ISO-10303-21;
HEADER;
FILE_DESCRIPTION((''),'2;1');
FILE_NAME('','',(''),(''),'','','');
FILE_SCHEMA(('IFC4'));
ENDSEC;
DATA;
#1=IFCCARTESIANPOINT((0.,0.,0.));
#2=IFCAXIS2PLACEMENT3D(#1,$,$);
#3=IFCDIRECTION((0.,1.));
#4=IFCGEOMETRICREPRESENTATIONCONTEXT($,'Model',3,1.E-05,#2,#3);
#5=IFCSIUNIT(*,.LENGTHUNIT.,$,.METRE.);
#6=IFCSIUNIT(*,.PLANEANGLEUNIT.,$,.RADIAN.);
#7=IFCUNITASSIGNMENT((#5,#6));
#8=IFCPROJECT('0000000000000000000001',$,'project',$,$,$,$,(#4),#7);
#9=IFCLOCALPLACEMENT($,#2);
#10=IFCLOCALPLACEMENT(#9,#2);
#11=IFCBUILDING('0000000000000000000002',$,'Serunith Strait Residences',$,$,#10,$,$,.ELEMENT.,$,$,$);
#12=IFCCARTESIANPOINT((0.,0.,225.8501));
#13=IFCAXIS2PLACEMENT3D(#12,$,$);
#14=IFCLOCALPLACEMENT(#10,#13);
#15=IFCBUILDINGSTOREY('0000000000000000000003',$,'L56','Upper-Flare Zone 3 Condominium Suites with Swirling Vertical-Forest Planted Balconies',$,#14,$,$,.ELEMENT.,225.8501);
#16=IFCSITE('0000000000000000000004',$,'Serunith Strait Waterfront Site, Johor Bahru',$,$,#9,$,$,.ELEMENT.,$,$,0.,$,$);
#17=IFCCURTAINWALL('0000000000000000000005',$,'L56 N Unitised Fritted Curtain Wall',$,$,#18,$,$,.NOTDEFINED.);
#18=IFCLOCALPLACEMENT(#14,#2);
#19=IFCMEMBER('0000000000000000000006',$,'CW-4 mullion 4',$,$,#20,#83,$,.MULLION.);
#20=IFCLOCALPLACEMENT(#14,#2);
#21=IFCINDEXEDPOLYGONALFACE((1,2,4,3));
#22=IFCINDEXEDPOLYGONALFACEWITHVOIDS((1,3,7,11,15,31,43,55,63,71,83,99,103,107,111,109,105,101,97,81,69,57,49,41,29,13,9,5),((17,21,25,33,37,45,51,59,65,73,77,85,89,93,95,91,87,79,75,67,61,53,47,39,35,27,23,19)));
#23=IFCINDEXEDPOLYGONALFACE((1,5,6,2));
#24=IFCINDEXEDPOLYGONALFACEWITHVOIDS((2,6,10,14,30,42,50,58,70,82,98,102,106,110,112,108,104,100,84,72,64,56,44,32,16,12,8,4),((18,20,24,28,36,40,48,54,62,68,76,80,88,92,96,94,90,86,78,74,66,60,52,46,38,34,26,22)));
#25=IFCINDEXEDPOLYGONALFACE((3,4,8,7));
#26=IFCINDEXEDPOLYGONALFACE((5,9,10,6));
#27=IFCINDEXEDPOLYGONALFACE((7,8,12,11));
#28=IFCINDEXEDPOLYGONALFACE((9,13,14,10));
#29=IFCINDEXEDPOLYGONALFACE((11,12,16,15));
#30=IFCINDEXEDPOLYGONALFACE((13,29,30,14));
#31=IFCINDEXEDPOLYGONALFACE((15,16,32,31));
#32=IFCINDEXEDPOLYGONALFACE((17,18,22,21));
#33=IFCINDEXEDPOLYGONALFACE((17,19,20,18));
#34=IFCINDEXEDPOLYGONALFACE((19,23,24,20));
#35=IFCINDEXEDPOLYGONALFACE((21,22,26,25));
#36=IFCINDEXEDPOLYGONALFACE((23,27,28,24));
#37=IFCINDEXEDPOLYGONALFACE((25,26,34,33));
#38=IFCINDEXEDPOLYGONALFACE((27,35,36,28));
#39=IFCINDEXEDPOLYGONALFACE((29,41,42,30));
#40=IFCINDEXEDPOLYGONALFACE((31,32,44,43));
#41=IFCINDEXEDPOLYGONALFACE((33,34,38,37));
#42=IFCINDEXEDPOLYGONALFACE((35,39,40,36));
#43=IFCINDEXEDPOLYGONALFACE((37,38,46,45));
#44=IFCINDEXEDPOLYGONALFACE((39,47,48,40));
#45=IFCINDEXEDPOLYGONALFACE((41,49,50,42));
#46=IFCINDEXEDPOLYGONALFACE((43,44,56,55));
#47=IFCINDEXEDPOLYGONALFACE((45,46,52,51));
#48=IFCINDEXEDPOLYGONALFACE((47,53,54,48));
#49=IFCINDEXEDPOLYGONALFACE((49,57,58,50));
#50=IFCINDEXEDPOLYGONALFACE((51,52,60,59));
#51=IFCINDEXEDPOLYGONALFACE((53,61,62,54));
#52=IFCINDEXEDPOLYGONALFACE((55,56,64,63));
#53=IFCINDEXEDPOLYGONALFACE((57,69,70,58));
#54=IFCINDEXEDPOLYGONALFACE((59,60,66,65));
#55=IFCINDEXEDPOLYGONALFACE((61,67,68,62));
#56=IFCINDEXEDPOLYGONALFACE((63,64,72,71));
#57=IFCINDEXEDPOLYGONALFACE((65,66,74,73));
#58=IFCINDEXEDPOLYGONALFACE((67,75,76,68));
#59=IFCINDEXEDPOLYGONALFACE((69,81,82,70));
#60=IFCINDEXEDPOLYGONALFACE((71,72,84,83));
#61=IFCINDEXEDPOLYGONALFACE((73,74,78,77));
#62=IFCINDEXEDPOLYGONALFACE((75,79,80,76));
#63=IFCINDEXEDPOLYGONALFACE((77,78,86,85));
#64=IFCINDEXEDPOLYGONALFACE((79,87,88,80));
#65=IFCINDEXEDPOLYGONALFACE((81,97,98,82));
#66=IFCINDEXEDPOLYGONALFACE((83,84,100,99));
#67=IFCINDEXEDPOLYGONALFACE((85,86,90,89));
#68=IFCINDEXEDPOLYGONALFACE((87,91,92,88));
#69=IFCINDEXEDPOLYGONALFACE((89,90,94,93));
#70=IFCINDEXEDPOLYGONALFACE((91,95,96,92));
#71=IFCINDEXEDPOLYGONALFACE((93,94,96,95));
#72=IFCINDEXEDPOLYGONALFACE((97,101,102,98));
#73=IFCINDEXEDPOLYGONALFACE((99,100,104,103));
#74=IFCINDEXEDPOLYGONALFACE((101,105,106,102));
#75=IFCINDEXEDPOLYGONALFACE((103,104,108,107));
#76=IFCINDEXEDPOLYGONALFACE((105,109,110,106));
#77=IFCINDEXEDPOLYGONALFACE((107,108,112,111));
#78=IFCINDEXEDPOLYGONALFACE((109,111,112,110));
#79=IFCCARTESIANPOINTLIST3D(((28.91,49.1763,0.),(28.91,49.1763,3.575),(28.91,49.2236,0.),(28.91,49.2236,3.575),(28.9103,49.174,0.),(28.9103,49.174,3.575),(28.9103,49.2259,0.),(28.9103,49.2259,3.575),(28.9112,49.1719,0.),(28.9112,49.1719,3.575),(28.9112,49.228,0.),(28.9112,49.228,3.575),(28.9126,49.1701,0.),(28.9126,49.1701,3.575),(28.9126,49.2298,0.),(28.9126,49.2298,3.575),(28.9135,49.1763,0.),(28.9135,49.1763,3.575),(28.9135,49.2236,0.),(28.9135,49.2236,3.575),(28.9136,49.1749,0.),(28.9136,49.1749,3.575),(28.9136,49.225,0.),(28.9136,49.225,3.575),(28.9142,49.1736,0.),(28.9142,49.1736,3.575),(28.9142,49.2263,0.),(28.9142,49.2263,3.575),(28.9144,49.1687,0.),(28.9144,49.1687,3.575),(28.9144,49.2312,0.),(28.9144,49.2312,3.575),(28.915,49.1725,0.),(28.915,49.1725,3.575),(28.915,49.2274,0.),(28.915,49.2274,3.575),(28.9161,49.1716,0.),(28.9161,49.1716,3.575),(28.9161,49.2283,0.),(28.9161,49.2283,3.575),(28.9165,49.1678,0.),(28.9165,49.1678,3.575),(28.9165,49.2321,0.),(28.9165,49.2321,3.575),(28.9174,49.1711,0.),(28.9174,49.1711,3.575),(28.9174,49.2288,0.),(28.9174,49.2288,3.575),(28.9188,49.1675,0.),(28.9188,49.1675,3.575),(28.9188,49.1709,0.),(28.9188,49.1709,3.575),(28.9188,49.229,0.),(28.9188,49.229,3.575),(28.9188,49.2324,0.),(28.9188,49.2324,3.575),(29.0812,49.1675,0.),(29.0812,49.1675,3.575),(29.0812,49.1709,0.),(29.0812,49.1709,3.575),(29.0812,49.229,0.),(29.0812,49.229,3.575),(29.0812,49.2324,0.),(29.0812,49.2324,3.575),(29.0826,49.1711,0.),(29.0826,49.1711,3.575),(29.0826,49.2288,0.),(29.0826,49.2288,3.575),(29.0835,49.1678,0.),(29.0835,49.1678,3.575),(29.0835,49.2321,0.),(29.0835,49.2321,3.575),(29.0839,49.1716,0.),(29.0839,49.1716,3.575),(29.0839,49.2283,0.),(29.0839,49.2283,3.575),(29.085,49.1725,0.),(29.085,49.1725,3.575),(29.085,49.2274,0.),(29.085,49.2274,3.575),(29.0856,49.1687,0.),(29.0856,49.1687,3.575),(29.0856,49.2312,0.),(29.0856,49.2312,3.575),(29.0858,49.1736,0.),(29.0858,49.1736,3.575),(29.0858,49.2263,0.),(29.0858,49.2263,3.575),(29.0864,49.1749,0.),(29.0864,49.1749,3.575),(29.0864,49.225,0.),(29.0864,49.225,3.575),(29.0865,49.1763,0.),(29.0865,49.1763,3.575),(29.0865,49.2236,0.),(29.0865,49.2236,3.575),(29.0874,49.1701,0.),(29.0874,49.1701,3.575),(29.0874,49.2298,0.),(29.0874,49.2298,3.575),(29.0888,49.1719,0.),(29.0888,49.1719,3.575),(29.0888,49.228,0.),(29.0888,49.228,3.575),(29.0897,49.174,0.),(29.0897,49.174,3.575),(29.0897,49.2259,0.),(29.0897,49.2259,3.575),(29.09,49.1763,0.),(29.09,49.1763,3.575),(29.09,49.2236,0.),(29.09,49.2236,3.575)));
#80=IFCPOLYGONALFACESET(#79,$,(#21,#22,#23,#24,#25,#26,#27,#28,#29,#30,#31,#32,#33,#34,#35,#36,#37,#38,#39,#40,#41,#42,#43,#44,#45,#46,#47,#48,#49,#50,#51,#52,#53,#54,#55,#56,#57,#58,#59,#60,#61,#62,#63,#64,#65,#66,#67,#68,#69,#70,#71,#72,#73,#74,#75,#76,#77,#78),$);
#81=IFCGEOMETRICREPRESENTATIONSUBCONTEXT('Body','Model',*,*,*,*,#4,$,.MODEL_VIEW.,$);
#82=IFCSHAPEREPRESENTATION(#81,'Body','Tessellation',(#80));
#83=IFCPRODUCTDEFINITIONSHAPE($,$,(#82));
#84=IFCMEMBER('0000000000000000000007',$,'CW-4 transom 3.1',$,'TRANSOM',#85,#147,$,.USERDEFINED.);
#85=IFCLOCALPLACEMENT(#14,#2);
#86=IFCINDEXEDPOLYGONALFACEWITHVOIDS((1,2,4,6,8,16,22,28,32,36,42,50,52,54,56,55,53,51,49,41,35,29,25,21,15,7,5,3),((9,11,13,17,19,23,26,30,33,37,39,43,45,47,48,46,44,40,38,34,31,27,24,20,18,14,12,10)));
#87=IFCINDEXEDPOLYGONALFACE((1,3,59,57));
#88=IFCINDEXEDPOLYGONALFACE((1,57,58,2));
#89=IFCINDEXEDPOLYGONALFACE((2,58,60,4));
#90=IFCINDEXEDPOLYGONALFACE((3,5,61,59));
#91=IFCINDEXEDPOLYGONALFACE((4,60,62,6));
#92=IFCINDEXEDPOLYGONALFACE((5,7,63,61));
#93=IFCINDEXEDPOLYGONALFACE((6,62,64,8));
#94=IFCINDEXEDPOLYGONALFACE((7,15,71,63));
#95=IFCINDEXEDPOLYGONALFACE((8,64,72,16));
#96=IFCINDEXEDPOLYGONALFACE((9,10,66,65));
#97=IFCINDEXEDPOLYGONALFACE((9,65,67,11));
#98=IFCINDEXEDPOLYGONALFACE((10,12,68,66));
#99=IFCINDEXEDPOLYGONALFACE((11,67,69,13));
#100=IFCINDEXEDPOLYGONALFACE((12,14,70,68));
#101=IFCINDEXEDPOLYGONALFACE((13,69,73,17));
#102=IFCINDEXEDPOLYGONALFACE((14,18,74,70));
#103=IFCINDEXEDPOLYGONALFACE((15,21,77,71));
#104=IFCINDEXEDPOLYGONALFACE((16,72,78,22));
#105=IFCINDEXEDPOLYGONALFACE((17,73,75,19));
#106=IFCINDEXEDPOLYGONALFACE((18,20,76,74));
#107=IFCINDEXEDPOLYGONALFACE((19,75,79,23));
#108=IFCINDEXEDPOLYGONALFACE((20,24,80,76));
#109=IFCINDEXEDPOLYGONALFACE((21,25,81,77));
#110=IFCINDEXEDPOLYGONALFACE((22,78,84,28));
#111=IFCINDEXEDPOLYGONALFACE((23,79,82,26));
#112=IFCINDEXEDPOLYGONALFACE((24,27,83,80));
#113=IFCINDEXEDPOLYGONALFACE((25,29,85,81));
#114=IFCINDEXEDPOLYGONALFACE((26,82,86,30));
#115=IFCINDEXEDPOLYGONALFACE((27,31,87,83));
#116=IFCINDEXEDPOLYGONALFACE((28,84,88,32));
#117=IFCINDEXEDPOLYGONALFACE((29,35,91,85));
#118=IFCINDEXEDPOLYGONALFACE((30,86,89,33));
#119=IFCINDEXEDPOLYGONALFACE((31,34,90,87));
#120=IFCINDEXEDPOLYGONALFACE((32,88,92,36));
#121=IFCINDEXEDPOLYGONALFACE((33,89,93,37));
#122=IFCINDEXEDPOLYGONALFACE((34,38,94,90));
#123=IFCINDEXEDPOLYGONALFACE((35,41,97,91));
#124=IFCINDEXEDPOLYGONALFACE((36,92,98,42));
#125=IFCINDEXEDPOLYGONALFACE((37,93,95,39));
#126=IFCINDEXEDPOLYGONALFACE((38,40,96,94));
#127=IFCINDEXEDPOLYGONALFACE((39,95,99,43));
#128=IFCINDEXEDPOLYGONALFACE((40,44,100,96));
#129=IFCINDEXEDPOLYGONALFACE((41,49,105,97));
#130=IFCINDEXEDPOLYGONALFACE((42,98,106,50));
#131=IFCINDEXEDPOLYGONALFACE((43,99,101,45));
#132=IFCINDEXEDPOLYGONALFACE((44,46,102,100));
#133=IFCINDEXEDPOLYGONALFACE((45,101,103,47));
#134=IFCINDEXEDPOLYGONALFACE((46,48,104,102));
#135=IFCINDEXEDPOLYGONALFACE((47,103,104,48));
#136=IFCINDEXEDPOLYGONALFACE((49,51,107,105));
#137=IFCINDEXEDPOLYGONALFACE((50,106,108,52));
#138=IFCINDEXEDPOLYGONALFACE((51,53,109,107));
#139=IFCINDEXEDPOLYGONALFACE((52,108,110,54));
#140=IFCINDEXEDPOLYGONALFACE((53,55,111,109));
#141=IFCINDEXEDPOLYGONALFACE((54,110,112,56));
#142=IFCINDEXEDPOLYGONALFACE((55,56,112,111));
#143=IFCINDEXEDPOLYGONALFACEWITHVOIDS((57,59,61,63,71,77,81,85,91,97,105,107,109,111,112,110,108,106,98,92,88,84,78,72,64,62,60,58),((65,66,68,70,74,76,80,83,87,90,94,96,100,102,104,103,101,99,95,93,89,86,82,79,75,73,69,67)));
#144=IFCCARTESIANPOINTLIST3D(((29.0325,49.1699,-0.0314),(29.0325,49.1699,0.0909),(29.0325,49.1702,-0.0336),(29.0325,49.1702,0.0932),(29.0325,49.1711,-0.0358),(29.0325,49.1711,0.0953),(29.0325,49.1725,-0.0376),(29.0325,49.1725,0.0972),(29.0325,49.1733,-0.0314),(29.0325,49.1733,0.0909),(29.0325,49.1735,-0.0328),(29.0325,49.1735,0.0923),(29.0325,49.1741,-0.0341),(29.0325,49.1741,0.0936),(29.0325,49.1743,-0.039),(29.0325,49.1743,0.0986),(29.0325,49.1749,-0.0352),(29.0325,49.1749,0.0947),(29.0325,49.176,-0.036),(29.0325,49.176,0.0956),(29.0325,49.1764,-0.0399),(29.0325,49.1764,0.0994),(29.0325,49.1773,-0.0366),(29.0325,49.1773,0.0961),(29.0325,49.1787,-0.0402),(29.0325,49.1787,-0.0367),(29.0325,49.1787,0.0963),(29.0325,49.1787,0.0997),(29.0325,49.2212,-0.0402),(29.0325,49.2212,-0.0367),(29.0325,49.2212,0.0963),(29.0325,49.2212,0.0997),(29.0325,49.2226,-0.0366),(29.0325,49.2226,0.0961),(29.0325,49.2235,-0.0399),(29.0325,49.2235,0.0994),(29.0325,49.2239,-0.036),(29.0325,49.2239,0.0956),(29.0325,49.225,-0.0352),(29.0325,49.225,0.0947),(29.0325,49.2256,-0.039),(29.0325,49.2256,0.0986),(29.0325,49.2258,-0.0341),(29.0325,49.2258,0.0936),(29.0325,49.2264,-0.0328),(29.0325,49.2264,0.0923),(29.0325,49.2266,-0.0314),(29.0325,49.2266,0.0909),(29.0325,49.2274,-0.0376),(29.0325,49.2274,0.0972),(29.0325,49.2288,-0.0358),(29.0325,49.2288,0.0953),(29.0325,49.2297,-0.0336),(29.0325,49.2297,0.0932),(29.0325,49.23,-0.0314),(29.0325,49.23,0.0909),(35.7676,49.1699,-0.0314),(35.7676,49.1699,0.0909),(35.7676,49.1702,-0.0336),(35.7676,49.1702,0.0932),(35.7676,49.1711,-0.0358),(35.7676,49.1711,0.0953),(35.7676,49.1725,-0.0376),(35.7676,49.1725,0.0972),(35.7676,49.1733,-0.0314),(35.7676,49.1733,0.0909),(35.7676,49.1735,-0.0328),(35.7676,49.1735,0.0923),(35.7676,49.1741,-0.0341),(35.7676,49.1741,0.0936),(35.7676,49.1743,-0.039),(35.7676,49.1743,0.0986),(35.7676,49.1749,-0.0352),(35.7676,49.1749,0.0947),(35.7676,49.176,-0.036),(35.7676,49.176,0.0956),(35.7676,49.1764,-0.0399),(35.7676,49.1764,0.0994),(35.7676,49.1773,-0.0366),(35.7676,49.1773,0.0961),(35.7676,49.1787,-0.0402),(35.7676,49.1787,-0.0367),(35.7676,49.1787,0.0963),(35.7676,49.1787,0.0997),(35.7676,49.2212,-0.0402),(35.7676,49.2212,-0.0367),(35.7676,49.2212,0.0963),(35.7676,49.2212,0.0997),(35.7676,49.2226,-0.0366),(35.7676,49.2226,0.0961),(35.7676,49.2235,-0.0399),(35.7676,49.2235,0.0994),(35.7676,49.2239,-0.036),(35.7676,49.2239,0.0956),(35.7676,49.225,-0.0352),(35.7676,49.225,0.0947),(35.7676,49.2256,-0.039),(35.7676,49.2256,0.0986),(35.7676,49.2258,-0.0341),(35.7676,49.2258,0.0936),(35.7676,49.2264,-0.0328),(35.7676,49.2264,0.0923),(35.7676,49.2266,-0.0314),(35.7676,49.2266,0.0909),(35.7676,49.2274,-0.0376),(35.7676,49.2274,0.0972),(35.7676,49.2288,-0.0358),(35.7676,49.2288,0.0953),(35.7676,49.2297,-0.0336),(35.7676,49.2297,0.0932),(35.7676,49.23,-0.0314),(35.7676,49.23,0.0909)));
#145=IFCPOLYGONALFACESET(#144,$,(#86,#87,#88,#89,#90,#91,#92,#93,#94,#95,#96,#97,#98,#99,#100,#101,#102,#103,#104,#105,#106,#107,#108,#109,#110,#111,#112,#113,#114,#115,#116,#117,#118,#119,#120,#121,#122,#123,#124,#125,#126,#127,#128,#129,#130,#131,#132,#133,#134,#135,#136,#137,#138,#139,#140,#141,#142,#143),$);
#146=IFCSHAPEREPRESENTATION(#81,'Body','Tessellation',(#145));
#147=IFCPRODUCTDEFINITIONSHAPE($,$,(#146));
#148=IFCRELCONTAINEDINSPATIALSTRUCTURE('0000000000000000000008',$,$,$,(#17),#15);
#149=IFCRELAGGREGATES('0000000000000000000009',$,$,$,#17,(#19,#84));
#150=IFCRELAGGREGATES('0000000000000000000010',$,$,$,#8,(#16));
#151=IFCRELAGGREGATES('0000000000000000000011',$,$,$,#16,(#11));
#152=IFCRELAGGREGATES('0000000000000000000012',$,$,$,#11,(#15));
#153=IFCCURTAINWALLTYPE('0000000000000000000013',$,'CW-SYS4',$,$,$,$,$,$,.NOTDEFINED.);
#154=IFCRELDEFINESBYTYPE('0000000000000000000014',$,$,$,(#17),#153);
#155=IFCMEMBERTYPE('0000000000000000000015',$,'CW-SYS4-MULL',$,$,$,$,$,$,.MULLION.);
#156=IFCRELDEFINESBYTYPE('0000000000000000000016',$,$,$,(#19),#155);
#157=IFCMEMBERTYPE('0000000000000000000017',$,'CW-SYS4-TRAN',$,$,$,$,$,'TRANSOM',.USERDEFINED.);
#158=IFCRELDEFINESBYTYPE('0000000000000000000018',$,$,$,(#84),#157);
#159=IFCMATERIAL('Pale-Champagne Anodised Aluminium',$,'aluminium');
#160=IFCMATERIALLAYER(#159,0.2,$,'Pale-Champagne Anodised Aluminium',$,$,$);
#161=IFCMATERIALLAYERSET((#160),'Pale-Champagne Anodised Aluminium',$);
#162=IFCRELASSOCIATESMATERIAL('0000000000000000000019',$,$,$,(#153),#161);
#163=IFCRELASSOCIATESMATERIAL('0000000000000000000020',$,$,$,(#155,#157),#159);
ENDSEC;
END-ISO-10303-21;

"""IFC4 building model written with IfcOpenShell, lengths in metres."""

from ifc_helpers import new_model, si_unit, direction, frame, origin, origin_2d, place, context, subcontext, project, spatial, hollow_rectangle, extrude, source, transform, mapped, material, layer, layer_set, material_profile, profile_set, type_object, element, aggregate, save


model = new_model("IFC4")

# Units and contexts
model_context = context("Model", 3, precision=1e-05, world=origin(), true_north=direction((0.0, 1.0)))
body_context = subcontext(model_context, "Body", "Model", "MODEL_VIEW")
ifc_project = project(units=[si_unit("LENGTHUNIT", "METRE"), si_unit("PLANEANGLEUNIT", "RADIAN")], contexts=[model_context])

# Site, building, storey
site_placement = place(None, origin())
site = spatial("IfcSite", under=ifc_project, at=site_placement, Name="Serunith Strait Waterfront Site, Johor Bahru", CompositionType="ELEMENT", RefElevation=0.0)
building_placement = place(site_placement, origin())
building = spatial("IfcBuilding", under=site, at=building_placement, Name="Serunith Strait Residences", CompositionType="ELEMENT")
storey_placement = place(building_placement, frame((0.0, 0.0, 225.8501)))
storey = spatial("IfcBuildingStorey", under=building, at=storey_placement, Name="L56", Description="Upper-Flare Zone 3 Condominium Suites with Swirling Vertical-Forest Planted Balconies", CompositionType="ELEMENT", Elevation=225.8501)

# Curtain wall, members
ifc_material_1 = material(Name="Pale-Champagne Anodised Aluminium", Category="aluminium")
ifc_layer_1 = layer(ifc_material_1, 0.2, Name="Pale-Champagne Anodised Aluminium")
ifc_layer_set_1 = layer_set([ifc_layer_1], Name="Pale-Champagne Anodised Aluminium")
curtain_wall_type = type_object("IfcCurtainWallType", Name="CW-SYS4", PredefinedType="NOTDEFINED", material=ifc_layer_set_1)
curtain_wall_placement = place(storey_placement, origin())
curtain_wall = element("IfcCurtainWall", 1, at=curtain_wall_placement, inside=storey, type_object=curtain_wall_type, Name="L56 N Unitised Fritted Curtain Wall", PredefinedType="NOTDEFINED")
ifc_material_profile_1 = material_profile(ifc_material_1, hollow_rectangle(XDim=0.0649, YDim=0.1799, WallThickness=0.0034, InnerFilletRadius=0.0054, OuterFilletRadius=0.0088, at=origin_2d()), Name="ALU 180x65x3.5")
ifc_profile_set_1 = profile_set([ifc_material_profile_1], Name="Pale-Champagne Anodised Aluminium")
member_type_1 = type_object("IfcMemberType", Name="CW-SYS4-MULL", PredefinedType="MULLION", material=ifc_profile_set_1)
shared_shape_1 = source(origin(), body_context, "Body", "SweptSolid", [
    extrude(hollow_rectangle(XDim=0.0649, YDim=0.1799, WallThickness=0.0034, InnerFilletRadius=0.0054, OuterFilletRadius=0.0088, at=origin_2d()), origin(), (0.0, 0.0, 1.0), 3.575),
])
member_1_placement = place(storey_placement, frame((29.0, 49.2, 0.0), z_axis=(0.0, 0.0, 1.0), x_axis=(0.0, -1.0, 0.0)))
member_1 = element("IfcMember", 2, at=member_1_placement, type_object=member_type_1, Name="CW-4 mullion 4", PredefinedType="MULLION", context=body_context, shape_type="MappedRepresentation", body=[
    mapped(shared_shape_1, transform((0.0, 0.0, 0.0), scale=1.0)),
])
ifc_material_profile_2 = material_profile(ifc_material_1, hollow_rectangle(XDim=0.0601, YDim=0.1399, WallThickness=0.0034, InnerFilletRadius=0.0054, OuterFilletRadius=0.0088, at=origin_2d()), Name="ALU 140x60x3.5")
ifc_profile_set_2 = profile_set([ifc_material_profile_2], Name="Pale-Champagne Anodised Aluminium")
member_type_2 = type_object("IfcMemberType", Name="CW-SYS4-TRAN", ElementType="TRANSOM", PredefinedType="USERDEFINED", material=ifc_profile_set_2)
shared_shape_2 = source(origin(), body_context, "Body", "SweptSolid", [
    extrude(hollow_rectangle(XDim=0.0601, YDim=0.1399, WallThickness=0.0034, InnerFilletRadius=0.0054, OuterFilletRadius=0.0088, at=origin_2d()), origin(), (0.0, 0.0, 1.0), 6.7351),
])
member_2_placement = place(storey_placement, frame((35.7676, 49.2, 0.0298), z_axis=(-1.0, 0.0, 0.0), x_axis=(0.0, -1.0, 0.0)))
member_2 = element("IfcMember", 3, at=member_2_placement, type_object=member_type_2, Name="CW-4 transom 3.1", ObjectType="TRANSOM", PredefinedType="USERDEFINED", context=body_context, shape_type="MappedRepresentation", body=[
    mapped(shared_shape_2, transform((0.0, 0.0, 0.0), scale=1.0)),
])
aggregate(curtain_wall, [member_1, member_2])

save(model, "model.ifc")
